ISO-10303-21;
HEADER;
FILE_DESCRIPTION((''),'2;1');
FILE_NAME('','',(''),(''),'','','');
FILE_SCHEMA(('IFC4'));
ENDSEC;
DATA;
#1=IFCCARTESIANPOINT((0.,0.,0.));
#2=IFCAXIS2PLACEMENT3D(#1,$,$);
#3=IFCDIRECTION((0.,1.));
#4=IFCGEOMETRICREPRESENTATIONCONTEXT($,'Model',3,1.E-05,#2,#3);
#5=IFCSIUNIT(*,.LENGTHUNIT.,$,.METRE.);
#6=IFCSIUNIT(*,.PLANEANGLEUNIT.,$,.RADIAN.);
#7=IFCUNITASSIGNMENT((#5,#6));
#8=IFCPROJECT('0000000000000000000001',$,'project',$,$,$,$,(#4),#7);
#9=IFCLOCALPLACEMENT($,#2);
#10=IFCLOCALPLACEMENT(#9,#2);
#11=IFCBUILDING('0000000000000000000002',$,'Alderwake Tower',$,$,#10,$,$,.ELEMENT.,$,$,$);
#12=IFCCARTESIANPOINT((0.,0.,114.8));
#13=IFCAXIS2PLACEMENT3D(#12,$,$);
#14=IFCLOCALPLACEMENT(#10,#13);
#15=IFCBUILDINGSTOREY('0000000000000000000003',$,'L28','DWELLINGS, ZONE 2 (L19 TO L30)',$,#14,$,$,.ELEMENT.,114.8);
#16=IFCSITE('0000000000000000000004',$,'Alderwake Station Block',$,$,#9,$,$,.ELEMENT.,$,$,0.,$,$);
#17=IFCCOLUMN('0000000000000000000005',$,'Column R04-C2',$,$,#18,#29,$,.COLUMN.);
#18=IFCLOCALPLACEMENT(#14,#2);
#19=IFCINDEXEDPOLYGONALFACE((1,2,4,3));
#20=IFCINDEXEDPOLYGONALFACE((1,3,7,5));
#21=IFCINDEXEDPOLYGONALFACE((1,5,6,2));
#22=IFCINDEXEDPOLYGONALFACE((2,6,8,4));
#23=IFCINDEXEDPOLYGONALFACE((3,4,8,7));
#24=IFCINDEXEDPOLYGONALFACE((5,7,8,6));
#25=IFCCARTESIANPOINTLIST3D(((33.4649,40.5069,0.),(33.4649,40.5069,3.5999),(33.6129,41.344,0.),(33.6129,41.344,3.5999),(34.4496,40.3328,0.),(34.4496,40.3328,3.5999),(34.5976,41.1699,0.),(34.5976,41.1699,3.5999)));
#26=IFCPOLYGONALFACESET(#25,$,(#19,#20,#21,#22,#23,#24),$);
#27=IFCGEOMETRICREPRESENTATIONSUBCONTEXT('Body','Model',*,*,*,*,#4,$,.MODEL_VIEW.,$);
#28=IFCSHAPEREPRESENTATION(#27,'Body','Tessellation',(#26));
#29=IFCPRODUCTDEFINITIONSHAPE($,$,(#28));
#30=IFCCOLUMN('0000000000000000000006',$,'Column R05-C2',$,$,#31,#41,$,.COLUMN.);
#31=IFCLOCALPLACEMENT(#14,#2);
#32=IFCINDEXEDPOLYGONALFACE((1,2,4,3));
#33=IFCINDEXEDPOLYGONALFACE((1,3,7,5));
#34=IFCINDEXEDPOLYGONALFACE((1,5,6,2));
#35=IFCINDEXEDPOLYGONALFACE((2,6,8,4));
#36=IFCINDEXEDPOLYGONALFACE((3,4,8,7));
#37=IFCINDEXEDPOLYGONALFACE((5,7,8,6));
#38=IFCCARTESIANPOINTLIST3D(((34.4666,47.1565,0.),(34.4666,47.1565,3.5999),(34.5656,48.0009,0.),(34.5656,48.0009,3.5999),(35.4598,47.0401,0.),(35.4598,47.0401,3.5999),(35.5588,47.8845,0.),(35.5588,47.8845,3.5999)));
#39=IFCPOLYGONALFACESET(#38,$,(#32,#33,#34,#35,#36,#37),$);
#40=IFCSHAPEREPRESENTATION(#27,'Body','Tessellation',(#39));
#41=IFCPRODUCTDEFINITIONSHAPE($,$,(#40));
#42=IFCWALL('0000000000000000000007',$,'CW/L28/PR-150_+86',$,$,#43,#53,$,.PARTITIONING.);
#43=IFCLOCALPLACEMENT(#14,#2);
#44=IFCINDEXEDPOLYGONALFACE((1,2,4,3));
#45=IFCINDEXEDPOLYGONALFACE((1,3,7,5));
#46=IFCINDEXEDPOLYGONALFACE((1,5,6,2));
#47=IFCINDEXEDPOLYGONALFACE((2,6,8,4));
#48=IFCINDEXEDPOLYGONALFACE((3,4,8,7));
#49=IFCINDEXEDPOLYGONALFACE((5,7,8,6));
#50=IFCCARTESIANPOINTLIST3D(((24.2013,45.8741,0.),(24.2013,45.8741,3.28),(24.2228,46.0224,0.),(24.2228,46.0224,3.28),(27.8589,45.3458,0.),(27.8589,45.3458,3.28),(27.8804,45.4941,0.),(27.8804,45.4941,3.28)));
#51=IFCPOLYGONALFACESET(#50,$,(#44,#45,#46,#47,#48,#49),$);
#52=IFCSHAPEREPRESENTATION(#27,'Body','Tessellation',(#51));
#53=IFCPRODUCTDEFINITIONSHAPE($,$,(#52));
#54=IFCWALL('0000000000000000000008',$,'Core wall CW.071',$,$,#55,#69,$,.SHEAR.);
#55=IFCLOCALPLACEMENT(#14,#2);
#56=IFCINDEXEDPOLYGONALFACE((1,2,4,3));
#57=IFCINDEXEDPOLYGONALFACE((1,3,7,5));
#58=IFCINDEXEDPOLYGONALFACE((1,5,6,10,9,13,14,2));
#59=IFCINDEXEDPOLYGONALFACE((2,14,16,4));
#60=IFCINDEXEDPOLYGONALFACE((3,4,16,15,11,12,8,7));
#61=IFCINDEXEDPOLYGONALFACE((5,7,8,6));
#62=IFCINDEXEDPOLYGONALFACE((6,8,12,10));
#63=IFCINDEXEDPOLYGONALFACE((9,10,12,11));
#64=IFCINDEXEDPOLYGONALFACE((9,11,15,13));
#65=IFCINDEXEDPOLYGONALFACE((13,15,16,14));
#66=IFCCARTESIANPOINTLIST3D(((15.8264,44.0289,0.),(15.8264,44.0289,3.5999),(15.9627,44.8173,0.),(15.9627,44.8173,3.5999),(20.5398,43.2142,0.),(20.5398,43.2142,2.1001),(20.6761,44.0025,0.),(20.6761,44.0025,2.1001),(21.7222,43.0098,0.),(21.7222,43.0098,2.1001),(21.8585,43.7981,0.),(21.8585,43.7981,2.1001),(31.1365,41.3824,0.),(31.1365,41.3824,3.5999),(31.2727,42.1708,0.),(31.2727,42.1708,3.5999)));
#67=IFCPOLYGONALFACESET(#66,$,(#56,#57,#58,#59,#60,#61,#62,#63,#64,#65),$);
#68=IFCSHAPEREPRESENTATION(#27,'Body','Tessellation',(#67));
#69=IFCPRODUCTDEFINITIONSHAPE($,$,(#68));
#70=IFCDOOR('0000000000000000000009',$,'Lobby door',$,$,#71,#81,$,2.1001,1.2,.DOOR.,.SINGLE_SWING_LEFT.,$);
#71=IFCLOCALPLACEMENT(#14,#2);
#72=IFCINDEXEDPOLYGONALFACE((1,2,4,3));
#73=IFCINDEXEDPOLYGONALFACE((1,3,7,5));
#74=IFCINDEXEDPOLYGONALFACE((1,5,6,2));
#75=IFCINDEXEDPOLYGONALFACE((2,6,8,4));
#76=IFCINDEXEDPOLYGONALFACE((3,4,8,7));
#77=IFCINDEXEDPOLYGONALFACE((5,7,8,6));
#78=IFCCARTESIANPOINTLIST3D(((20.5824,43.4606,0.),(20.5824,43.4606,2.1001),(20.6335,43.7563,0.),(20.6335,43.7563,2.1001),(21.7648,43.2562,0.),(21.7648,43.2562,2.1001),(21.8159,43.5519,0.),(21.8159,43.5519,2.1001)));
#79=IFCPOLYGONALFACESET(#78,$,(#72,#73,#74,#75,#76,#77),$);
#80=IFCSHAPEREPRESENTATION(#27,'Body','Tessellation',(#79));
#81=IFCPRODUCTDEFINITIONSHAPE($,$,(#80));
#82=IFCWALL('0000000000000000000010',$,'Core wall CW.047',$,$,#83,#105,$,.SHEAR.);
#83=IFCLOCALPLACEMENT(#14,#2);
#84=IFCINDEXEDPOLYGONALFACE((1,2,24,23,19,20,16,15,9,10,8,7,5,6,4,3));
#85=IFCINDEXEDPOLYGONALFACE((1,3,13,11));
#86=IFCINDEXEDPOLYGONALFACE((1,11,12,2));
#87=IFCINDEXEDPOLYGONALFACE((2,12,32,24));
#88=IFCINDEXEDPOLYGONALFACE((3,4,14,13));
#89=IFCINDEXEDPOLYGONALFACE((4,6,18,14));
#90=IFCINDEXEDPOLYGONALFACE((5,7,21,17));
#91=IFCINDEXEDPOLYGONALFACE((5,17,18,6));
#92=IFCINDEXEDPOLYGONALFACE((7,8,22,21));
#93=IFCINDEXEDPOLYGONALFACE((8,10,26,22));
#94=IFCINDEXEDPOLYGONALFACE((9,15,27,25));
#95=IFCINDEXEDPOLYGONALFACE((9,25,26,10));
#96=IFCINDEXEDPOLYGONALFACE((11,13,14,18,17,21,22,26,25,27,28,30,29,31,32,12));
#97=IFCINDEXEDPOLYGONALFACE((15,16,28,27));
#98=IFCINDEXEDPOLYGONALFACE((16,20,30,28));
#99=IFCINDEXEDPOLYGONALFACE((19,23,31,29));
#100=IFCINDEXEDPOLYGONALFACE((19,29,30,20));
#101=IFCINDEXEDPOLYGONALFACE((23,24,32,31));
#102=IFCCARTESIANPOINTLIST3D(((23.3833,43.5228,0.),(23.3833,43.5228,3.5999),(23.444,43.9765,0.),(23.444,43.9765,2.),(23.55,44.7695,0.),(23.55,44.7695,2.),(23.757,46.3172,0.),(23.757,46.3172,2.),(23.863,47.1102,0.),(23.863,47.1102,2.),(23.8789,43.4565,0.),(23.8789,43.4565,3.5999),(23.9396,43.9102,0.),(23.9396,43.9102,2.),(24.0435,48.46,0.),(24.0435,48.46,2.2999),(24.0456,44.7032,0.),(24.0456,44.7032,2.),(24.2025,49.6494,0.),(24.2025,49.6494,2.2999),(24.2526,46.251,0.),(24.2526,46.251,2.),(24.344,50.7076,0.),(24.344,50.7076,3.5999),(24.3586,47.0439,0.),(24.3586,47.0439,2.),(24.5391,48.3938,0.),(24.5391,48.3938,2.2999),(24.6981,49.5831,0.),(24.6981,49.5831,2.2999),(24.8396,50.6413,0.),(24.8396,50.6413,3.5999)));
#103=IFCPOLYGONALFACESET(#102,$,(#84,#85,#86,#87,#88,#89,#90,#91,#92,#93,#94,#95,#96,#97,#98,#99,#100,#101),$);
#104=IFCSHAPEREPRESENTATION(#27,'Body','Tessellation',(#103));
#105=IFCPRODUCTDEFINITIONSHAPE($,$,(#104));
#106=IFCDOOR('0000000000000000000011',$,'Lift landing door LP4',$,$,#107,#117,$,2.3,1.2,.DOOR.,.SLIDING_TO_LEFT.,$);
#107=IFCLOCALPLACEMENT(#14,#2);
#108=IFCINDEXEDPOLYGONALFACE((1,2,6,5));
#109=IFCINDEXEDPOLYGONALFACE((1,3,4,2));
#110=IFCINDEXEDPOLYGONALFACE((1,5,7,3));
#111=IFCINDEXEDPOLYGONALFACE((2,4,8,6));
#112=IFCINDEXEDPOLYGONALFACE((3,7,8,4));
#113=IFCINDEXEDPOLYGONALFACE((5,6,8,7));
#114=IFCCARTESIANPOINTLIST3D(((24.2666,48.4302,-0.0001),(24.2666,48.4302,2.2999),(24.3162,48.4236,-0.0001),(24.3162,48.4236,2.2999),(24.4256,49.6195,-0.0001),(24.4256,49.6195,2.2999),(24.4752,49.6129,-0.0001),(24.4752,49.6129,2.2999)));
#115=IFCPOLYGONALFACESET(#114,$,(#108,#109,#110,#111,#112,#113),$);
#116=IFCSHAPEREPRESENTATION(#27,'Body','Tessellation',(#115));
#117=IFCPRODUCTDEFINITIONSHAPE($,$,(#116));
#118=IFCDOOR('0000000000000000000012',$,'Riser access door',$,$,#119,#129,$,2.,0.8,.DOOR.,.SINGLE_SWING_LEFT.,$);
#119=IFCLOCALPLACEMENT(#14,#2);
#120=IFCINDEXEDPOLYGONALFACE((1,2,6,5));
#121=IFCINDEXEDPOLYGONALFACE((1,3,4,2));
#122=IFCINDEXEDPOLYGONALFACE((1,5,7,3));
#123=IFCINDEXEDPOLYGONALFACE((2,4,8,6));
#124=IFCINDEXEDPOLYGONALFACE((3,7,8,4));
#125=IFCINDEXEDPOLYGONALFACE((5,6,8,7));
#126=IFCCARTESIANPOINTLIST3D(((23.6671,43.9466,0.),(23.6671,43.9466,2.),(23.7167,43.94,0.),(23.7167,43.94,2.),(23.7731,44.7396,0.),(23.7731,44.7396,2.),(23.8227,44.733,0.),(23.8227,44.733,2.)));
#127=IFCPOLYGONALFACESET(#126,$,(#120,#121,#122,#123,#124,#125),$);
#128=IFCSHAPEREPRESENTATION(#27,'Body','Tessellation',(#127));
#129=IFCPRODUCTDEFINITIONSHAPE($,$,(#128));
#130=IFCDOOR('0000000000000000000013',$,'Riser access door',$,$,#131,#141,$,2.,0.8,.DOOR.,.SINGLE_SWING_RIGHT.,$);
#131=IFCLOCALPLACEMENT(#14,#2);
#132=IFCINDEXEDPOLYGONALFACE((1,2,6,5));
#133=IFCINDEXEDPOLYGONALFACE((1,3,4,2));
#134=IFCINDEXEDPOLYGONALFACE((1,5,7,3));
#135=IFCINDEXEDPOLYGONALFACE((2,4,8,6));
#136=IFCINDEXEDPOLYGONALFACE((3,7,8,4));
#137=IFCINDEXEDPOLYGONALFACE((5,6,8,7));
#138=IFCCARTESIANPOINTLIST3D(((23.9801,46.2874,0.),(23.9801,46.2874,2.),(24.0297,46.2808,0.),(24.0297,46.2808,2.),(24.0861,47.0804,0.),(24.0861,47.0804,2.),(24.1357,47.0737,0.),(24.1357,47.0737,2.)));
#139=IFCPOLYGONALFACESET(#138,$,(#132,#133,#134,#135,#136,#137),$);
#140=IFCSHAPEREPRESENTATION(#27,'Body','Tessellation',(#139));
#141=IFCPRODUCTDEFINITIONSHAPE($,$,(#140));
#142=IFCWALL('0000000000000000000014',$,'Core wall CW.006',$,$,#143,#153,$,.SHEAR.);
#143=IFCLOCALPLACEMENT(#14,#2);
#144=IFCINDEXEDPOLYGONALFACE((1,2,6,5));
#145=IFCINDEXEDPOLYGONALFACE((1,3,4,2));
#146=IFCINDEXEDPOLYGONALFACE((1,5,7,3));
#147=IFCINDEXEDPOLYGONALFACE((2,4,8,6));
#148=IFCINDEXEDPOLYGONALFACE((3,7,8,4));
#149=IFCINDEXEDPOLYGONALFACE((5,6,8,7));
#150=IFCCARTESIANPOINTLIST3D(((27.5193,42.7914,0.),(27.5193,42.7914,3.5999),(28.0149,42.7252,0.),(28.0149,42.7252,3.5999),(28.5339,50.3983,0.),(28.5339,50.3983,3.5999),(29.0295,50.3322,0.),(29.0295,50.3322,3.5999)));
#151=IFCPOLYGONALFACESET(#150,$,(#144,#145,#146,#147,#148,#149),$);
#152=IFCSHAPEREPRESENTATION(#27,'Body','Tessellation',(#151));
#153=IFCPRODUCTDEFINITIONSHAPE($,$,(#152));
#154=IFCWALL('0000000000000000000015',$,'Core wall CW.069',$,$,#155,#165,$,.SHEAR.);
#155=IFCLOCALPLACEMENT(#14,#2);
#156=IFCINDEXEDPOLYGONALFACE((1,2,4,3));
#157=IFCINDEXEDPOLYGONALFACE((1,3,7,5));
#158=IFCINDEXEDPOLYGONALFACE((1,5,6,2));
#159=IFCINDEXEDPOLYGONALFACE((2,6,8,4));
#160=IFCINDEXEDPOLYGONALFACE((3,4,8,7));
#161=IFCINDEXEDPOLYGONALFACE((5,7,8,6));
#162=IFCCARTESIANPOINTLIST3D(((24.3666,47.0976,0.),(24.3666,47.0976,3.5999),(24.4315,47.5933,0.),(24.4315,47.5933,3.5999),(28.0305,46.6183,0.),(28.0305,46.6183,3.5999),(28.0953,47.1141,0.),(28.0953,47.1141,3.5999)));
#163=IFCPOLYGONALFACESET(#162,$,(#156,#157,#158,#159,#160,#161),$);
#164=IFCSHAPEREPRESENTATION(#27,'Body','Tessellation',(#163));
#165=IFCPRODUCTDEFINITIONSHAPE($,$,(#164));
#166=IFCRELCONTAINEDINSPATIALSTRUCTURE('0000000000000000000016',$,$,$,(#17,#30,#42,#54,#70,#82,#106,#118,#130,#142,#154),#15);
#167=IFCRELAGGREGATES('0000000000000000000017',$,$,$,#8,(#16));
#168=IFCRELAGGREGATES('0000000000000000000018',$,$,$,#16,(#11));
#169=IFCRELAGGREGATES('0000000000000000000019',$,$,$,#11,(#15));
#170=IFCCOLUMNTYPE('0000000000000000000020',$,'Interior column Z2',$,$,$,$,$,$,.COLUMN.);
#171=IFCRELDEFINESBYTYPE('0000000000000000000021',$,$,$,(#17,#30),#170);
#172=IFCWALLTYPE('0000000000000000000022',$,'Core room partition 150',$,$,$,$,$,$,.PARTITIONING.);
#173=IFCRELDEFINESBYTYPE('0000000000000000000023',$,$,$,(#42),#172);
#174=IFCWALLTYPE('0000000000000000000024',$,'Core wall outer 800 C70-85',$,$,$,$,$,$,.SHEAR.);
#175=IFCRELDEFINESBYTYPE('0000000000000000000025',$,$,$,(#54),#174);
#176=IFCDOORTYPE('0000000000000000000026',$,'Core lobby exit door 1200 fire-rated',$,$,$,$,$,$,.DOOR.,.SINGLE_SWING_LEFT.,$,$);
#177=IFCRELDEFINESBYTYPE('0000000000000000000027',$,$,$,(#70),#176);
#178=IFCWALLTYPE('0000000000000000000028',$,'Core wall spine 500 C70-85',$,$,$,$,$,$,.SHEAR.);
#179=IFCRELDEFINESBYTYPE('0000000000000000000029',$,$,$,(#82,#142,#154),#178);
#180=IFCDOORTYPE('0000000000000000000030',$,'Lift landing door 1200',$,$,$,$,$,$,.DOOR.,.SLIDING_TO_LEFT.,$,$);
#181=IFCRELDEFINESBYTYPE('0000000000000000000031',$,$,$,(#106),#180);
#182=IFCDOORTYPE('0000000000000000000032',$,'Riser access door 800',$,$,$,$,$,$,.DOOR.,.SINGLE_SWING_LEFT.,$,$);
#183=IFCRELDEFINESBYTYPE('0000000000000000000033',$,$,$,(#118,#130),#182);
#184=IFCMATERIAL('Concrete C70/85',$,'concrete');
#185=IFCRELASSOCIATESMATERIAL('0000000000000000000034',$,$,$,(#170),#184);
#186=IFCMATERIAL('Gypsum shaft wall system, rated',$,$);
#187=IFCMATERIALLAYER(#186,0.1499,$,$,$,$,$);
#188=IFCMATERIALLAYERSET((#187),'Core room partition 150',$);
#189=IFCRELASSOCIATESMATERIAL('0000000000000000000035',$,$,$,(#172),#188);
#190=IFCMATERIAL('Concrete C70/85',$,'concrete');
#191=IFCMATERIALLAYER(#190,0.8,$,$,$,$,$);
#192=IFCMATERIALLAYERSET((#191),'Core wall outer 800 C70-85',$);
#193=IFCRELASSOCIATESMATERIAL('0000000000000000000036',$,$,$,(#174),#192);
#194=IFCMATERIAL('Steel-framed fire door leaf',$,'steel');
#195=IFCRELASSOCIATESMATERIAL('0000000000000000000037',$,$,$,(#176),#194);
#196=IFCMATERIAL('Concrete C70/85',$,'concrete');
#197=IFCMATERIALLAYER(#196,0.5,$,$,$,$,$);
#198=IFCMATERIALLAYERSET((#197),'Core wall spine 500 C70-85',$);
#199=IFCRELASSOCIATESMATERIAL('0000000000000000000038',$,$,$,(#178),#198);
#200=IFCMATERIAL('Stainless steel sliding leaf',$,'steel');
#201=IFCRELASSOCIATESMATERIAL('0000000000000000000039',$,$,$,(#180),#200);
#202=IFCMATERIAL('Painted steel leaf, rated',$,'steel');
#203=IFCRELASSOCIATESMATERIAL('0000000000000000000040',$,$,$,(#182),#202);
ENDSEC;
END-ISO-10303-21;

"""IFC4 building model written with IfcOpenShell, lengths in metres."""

from ifc_helpers import new_model, si_unit, direction, frame, frame_2d, origin, origin_2d, place, context, subcontext, project, spatial, rectangle, extrude, material, layer, layer_set, material_profile, profile_set, type_object, element, fill, save


model = new_model("IFC4")

# Units and contexts
model_context = context("Model", 3, precision=1e-05, world=origin(), true_north=direction((0.0, 1.0)))
body_context = subcontext(model_context, "Body", "Model", "MODEL_VIEW")
ifc_project = project(units=[si_unit("LENGTHUNIT", "METRE"), si_unit("PLANEANGLEUNIT", "RADIAN")], contexts=[model_context])

# Site, building, storey
site_placement = place(None, origin())
site = spatial("IfcSite", under=ifc_project, at=site_placement, Name="Alderwake Station Block", CompositionType="ELEMENT", RefElevation=0.0)
building_placement = place(site_placement, origin())
building = spatial("IfcBuilding", under=site, at=building_placement, Name="Alderwake Tower", CompositionType="ELEMENT")
storey_placement = place(building_placement, frame((0.0, 0.0, 114.8)))
storey = spatial("IfcBuildingStorey", under=building, at=storey_placement, Name="L28", Description="DWELLINGS, ZONE 2 (L19 TO L30)", CompositionType="ELEMENT", Elevation=114.8)

# Columns
ifc_material_1 = material(Name="Concrete C70/85", Category="concrete")
ifc_material_profile = material_profile(ifc_material_1, rectangle(XDim=0.8501, YDim=1.0, at=origin_2d()), Name="RC 1000X850")
ifc_profile_set = profile_set([ifc_material_profile], Name="Concrete C70/85")
column_type = type_object("IfcColumnType", Name="Interior column Z2", PredefinedType="COLUMN", material=ifc_profile_set)
for number, where, z_axis, x_axis, name in (
    (1, (34.0312, 40.8384, 0.0), (0.0, 0.0, 1.0), (0.174109, 0.984726, 0.0), "Column R04-C2"),
    (2, (35.0127, 47.5205, 0.0), (0.0, 0.0, 1.0), (0.116402, 0.993202, 0.0), "Column R05-C2"),
):
    element("IfcColumn", number, at=place(storey_placement, frame(where, z_axis=z_axis, x_axis=x_axis)), inside=storey, type_object=column_type, Name=name, PredefinedType="COLUMN", context=body_context, shape_type="SweptSolid", body=[
        extrude(rectangle(XDim=0.8501, YDim=1.0, at=origin_2d()), origin(), (0.0, 0.0, 1.0), 3.5999),
    ])

# Wall
ifc_material_2 = material(Name="Gypsum shaft wall system, rated")
ifc_layer_1 = layer(ifc_material_2, 0.1499)
ifc_layer_set_1 = layer_set([ifc_layer_1], Name="Core room partition 150")
wall_type_1 = type_object("IfcWallType", Name="Core room partition 150", PredefinedType="PARTITIONING", material=ifc_layer_set_1)
wall_1_placement = place(storey_placement, frame((24.2122, 45.9482, 0.0), z_axis=(0.0, 0.0, 1.0), x_axis=(0.989729, -0.142956, 0.0)))
element("IfcWall", 3, at=wall_1_placement, inside=storey, type_object=wall_type_1, Name="CW/L28/PR-150_+86", PredefinedType="PARTITIONING", context=body_context, shape_type="SweptSolid", body=[
    extrude(rectangle(XDim=3.6956, YDim=0.1499, at=frame_2d((1.8477, 0.0))), origin(), (0.0, 0.0, 1.0), 3.28),
])

# Wall, opening, door
ifc_material_3 = material(Name="Concrete C70/85", Category="concrete")
ifc_layer_2 = layer(ifc_material_3, 0.8)
ifc_layer_set_2 = layer_set([ifc_layer_2], Name="Core wall outer 800 C70-85")
wall_type_2 = type_object("IfcWallType", Name="Core wall outer 800 C70-85", PredefinedType="SHEAR", material=ifc_layer_set_2)
wall_2_placement = place(storey_placement, frame((31.2046, 41.7766, 0.0), z_axis=(0.0, 0.0, 1.0), x_axis=(-0.985387, 0.170333, 0.0)))
wall_2 = element("IfcWall", 4, at=wall_2_placement, inside=storey, type_object=wall_type_2, Name="Core wall CW.071", PredefinedType="SHEAR", context=body_context, shape_type="SweptSolid", body=[
    extrude(rectangle(XDim=15.5371, YDim=0.8, at=frame_2d((7.7686, 0.0))), origin(), (0.0, 0.0, 1.0), 3.5999),
])
opening_1_placement = place(wall_2_placement, frame((9.5537, 0.0, 0.0)))
opening_1 = element("IfcOpeningElement", 5, at=opening_1_placement, cuts=wall_2, PredefinedType="OPENING", context=body_context, shape_type="SweptSolid", body=[
    extrude(rectangle(XDim=1.2, YDim=2.1001, at=frame_2d((0.6001, 1.05))), frame((0.0, 0.4099, 0.0), z_axis=(0.0, -1.0, 0.0), x_axis=(1.0, 0.0, 0.0)), (0.0, 0.0, 1.0), 0.8201),
])
ifc_material_4 = material(Name="Steel-framed fire door leaf", Category="steel")
door_type_1 = type_object("IfcDoorType", Name="Core lobby exit door 1200 fire-rated", OperationType="SINGLE_SWING_LEFT", PredefinedType="DOOR", material=ifc_material_4)
door_1_placement = place(opening_1_placement, origin())
door_1 = element("IfcDoor", 6, at=door_1_placement, inside=storey, type_object=door_type_1, Name="Lobby door", OperationType="SINGLE_SWING_LEFT", OverallHeight=2.1001, OverallWidth=1.2, PredefinedType="DOOR", context=body_context, shape_type="SweptSolid", body=[
    extrude(rectangle(XDim=1.2, YDim=2.1001, at=frame_2d((0.6001, 1.05))), frame((0.0, 0.1499, 0.0), z_axis=(0.0, -1.0, 0.0), x_axis=(1.0, 0.0, 0.0)), (0.0, 0.0, 1.0), 0.3),
])
fill(opening_1, door_1)

# Wall, openings, doors
ifc_material_5 = material(Name="Concrete C70/85", Category="concrete")
ifc_layer_3 = layer(ifc_material_5, 0.5)
ifc_layer_set_3 = layer_set([ifc_layer_3], Name="Core wall spine 500 C70-85")
wall_type_3 = type_object("IfcWallType", Name="Core wall spine 500 C70-85", PredefinedType="SHEAR", material=ifc_layer_set_3)
wall_3_placement = place(storey_placement, frame((23.6311, 43.4895, 0.0), z_axis=(0.0, 0.0, 1.0), x_axis=(0.132532, 0.991179, 0.0)))
wall_3 = element("IfcWall", 7, at=wall_3_placement, inside=storey, type_object=wall_type_3, Name="Core wall CW.047", PredefinedType="SHEAR", context=body_context, shape_type="SweptSolid", body=[
    extrude(rectangle(XDim=7.2488, YDim=0.5, at=frame_2d((3.6245, 0.0))), origin(), (0.0, 0.0, 1.0), 3.5999),
])
opening_2_placement = place(wall_3_placement, frame((4.9812, 0.0, 0.0)))
opening_2 = element("IfcOpeningElement", 8, at=opening_2_placement, cuts=wall_3, PredefinedType="OPENING", context=body_context, shape_type="SweptSolid", body=[
    extrude(rectangle(XDim=1.2, YDim=2.3, at=frame_2d((0.6001, 1.1499))), frame((0.0, 0.26, 0.0), z_axis=(0.0, -1.0, 0.0), x_axis=(1.0, 0.0, 0.0)), (0.0, 0.0, 1.0), 0.52),
])
opening_3_placement = place(wall_3_placement, frame((0.458, 0.0, 0.0)))
opening_3 = element("IfcOpeningElement", 9, at=opening_3_placement, cuts=wall_3, PredefinedType="OPENING", context=body_context, shape_type="SweptSolid", body=[
    extrude(rectangle(XDim=0.8, YDim=2.0, at=frame_2d((0.3999, 1.0))), frame((0.0, 0.26, 0.0), z_axis=(0.0, -1.0, 0.0), x_axis=(1.0, 0.0, 0.0)), (0.0, 0.0, 1.0), 0.52),
])
opening_4_placement = place(wall_3_placement, frame((2.8196, 0.0, 0.0)))
opening_4 = element("IfcOpeningElement", 10, at=opening_4_placement, cuts=wall_3, PredefinedType="OPENING", context=body_context, shape_type="SweptSolid", body=[
    extrude(rectangle(XDim=0.8, YDim=2.0, at=frame_2d((0.3999, 1.0))), frame((0.0, 0.26, 0.0), z_axis=(0.0, -1.0, 0.0), x_axis=(1.0, 0.0, 0.0)), (0.0, 0.0, 1.0), 0.52),
])
ifc_material_6 = material(Name="Stainless steel sliding leaf", Category="steel")
door_type_2 = type_object("IfcDoorType", Name="Lift landing door 1200", OperationType="SLIDING_TO_LEFT", PredefinedType="DOOR", material=ifc_material_6)
door_2_placement = place(opening_2_placement, origin())
door_2 = element("IfcDoor", 11, at=door_2_placement, inside=storey, type_object=door_type_2, Name="Lift landing door LP4", OperationType="SLIDING_TO_LEFT", OverallHeight=2.3, OverallWidth=1.2, PredefinedType="DOOR", context=body_context, shape_type="SweptSolid", body=[
    extrude(rectangle(XDim=1.2, YDim=2.3, at=frame_2d((0.6001, 1.1499))), frame((0.0, 0.0249, 0.0), z_axis=(0.0, -1.0, 0.0), x_axis=(1.0, 0.0, 0.0)), (0.0, 0.0, 1.0), 0.05),
])
fill(opening_2, door_2)
ifc_material_7 = material(Name="Painted steel leaf, rated", Category="steel")
door_type_3 = type_object("IfcDoorType", Name="Riser access door 800", OperationType="SINGLE_SWING_LEFT", PredefinedType="DOOR", material=ifc_material_7)
door_3_placement = place(opening_3_placement, origin())
door_3 = element("IfcDoor", 12, at=door_3_placement, inside=storey, type_object=door_type_3, Name="Riser access door", OperationType="SINGLE_SWING_LEFT", OverallHeight=2.0, OverallWidth=0.8, PredefinedType="DOOR", context=body_context, shape_type="SweptSolid", body=[
    extrude(rectangle(XDim=0.8, YDim=2.0, at=frame_2d((0.3999, 1.0))), frame((0.0, 0.0249, 0.0), z_axis=(0.0, -1.0, 0.0), x_axis=(1.0, 0.0, 0.0)), (0.0, 0.0, 1.0), 0.05),
])
fill(opening_3, door_3)
door_4_placement = place(opening_4_placement, origin())
door_4 = element("IfcDoor", 13, at=door_4_placement, inside=storey, type_object=door_type_3, Name="Riser access door", OperationType="SINGLE_SWING_RIGHT", OverallHeight=2.0, OverallWidth=0.8, PredefinedType="DOOR", context=body_context, shape_type="SweptSolid", body=[
    extrude(rectangle(XDim=0.8, YDim=2.0, at=frame_2d((0.3999, 1.0))), frame((0.0, 0.0249, 0.0), z_axis=(0.0, -1.0, 0.0), x_axis=(1.0, 0.0, 0.0)), (0.0, 0.0, 1.0), 0.05),
])
fill(opening_4, door_4)

# Walls
wall_4_placement = place(storey_placement, frame((27.7671, 42.7583, 0.0), z_axis=(0.0, 0.0, 1.0), x_axis=(0.132214, 0.991221, 0.0)))
element("IfcWall", 14, at=wall_4_placement, inside=storey, type_object=wall_type_3, Name="Core wall CW.006", PredefinedType="SHEAR", context=body_context, shape_type="SweptSolid", body=[
    extrude(rectangle(XDim=7.6743, YDim=0.5, at=frame_2d((3.8372, 0.0))), origin(), (0.0, 0.0, 1.0), 3.5999),
])
wall_5_placement = place(storey_placement, frame((24.3989, 47.3455, 0.0), z_axis=(0.0, 0.0, 1.0), x_axis=(0.991553, -0.129701, 0.0)))
element("IfcWall", 15, at=wall_5_placement, inside=storey, type_object=wall_type_3, Name="Core wall CW.069", PredefinedType="SHEAR", context=body_context, shape_type="SweptSolid", body=[
    extrude(rectangle(XDim=3.6951, YDim=0.5, at=frame_2d((1.8477, 0.0))), origin(), (0.0, 0.0, 1.0), 3.5999),
])

save(model, "model.ifc")
